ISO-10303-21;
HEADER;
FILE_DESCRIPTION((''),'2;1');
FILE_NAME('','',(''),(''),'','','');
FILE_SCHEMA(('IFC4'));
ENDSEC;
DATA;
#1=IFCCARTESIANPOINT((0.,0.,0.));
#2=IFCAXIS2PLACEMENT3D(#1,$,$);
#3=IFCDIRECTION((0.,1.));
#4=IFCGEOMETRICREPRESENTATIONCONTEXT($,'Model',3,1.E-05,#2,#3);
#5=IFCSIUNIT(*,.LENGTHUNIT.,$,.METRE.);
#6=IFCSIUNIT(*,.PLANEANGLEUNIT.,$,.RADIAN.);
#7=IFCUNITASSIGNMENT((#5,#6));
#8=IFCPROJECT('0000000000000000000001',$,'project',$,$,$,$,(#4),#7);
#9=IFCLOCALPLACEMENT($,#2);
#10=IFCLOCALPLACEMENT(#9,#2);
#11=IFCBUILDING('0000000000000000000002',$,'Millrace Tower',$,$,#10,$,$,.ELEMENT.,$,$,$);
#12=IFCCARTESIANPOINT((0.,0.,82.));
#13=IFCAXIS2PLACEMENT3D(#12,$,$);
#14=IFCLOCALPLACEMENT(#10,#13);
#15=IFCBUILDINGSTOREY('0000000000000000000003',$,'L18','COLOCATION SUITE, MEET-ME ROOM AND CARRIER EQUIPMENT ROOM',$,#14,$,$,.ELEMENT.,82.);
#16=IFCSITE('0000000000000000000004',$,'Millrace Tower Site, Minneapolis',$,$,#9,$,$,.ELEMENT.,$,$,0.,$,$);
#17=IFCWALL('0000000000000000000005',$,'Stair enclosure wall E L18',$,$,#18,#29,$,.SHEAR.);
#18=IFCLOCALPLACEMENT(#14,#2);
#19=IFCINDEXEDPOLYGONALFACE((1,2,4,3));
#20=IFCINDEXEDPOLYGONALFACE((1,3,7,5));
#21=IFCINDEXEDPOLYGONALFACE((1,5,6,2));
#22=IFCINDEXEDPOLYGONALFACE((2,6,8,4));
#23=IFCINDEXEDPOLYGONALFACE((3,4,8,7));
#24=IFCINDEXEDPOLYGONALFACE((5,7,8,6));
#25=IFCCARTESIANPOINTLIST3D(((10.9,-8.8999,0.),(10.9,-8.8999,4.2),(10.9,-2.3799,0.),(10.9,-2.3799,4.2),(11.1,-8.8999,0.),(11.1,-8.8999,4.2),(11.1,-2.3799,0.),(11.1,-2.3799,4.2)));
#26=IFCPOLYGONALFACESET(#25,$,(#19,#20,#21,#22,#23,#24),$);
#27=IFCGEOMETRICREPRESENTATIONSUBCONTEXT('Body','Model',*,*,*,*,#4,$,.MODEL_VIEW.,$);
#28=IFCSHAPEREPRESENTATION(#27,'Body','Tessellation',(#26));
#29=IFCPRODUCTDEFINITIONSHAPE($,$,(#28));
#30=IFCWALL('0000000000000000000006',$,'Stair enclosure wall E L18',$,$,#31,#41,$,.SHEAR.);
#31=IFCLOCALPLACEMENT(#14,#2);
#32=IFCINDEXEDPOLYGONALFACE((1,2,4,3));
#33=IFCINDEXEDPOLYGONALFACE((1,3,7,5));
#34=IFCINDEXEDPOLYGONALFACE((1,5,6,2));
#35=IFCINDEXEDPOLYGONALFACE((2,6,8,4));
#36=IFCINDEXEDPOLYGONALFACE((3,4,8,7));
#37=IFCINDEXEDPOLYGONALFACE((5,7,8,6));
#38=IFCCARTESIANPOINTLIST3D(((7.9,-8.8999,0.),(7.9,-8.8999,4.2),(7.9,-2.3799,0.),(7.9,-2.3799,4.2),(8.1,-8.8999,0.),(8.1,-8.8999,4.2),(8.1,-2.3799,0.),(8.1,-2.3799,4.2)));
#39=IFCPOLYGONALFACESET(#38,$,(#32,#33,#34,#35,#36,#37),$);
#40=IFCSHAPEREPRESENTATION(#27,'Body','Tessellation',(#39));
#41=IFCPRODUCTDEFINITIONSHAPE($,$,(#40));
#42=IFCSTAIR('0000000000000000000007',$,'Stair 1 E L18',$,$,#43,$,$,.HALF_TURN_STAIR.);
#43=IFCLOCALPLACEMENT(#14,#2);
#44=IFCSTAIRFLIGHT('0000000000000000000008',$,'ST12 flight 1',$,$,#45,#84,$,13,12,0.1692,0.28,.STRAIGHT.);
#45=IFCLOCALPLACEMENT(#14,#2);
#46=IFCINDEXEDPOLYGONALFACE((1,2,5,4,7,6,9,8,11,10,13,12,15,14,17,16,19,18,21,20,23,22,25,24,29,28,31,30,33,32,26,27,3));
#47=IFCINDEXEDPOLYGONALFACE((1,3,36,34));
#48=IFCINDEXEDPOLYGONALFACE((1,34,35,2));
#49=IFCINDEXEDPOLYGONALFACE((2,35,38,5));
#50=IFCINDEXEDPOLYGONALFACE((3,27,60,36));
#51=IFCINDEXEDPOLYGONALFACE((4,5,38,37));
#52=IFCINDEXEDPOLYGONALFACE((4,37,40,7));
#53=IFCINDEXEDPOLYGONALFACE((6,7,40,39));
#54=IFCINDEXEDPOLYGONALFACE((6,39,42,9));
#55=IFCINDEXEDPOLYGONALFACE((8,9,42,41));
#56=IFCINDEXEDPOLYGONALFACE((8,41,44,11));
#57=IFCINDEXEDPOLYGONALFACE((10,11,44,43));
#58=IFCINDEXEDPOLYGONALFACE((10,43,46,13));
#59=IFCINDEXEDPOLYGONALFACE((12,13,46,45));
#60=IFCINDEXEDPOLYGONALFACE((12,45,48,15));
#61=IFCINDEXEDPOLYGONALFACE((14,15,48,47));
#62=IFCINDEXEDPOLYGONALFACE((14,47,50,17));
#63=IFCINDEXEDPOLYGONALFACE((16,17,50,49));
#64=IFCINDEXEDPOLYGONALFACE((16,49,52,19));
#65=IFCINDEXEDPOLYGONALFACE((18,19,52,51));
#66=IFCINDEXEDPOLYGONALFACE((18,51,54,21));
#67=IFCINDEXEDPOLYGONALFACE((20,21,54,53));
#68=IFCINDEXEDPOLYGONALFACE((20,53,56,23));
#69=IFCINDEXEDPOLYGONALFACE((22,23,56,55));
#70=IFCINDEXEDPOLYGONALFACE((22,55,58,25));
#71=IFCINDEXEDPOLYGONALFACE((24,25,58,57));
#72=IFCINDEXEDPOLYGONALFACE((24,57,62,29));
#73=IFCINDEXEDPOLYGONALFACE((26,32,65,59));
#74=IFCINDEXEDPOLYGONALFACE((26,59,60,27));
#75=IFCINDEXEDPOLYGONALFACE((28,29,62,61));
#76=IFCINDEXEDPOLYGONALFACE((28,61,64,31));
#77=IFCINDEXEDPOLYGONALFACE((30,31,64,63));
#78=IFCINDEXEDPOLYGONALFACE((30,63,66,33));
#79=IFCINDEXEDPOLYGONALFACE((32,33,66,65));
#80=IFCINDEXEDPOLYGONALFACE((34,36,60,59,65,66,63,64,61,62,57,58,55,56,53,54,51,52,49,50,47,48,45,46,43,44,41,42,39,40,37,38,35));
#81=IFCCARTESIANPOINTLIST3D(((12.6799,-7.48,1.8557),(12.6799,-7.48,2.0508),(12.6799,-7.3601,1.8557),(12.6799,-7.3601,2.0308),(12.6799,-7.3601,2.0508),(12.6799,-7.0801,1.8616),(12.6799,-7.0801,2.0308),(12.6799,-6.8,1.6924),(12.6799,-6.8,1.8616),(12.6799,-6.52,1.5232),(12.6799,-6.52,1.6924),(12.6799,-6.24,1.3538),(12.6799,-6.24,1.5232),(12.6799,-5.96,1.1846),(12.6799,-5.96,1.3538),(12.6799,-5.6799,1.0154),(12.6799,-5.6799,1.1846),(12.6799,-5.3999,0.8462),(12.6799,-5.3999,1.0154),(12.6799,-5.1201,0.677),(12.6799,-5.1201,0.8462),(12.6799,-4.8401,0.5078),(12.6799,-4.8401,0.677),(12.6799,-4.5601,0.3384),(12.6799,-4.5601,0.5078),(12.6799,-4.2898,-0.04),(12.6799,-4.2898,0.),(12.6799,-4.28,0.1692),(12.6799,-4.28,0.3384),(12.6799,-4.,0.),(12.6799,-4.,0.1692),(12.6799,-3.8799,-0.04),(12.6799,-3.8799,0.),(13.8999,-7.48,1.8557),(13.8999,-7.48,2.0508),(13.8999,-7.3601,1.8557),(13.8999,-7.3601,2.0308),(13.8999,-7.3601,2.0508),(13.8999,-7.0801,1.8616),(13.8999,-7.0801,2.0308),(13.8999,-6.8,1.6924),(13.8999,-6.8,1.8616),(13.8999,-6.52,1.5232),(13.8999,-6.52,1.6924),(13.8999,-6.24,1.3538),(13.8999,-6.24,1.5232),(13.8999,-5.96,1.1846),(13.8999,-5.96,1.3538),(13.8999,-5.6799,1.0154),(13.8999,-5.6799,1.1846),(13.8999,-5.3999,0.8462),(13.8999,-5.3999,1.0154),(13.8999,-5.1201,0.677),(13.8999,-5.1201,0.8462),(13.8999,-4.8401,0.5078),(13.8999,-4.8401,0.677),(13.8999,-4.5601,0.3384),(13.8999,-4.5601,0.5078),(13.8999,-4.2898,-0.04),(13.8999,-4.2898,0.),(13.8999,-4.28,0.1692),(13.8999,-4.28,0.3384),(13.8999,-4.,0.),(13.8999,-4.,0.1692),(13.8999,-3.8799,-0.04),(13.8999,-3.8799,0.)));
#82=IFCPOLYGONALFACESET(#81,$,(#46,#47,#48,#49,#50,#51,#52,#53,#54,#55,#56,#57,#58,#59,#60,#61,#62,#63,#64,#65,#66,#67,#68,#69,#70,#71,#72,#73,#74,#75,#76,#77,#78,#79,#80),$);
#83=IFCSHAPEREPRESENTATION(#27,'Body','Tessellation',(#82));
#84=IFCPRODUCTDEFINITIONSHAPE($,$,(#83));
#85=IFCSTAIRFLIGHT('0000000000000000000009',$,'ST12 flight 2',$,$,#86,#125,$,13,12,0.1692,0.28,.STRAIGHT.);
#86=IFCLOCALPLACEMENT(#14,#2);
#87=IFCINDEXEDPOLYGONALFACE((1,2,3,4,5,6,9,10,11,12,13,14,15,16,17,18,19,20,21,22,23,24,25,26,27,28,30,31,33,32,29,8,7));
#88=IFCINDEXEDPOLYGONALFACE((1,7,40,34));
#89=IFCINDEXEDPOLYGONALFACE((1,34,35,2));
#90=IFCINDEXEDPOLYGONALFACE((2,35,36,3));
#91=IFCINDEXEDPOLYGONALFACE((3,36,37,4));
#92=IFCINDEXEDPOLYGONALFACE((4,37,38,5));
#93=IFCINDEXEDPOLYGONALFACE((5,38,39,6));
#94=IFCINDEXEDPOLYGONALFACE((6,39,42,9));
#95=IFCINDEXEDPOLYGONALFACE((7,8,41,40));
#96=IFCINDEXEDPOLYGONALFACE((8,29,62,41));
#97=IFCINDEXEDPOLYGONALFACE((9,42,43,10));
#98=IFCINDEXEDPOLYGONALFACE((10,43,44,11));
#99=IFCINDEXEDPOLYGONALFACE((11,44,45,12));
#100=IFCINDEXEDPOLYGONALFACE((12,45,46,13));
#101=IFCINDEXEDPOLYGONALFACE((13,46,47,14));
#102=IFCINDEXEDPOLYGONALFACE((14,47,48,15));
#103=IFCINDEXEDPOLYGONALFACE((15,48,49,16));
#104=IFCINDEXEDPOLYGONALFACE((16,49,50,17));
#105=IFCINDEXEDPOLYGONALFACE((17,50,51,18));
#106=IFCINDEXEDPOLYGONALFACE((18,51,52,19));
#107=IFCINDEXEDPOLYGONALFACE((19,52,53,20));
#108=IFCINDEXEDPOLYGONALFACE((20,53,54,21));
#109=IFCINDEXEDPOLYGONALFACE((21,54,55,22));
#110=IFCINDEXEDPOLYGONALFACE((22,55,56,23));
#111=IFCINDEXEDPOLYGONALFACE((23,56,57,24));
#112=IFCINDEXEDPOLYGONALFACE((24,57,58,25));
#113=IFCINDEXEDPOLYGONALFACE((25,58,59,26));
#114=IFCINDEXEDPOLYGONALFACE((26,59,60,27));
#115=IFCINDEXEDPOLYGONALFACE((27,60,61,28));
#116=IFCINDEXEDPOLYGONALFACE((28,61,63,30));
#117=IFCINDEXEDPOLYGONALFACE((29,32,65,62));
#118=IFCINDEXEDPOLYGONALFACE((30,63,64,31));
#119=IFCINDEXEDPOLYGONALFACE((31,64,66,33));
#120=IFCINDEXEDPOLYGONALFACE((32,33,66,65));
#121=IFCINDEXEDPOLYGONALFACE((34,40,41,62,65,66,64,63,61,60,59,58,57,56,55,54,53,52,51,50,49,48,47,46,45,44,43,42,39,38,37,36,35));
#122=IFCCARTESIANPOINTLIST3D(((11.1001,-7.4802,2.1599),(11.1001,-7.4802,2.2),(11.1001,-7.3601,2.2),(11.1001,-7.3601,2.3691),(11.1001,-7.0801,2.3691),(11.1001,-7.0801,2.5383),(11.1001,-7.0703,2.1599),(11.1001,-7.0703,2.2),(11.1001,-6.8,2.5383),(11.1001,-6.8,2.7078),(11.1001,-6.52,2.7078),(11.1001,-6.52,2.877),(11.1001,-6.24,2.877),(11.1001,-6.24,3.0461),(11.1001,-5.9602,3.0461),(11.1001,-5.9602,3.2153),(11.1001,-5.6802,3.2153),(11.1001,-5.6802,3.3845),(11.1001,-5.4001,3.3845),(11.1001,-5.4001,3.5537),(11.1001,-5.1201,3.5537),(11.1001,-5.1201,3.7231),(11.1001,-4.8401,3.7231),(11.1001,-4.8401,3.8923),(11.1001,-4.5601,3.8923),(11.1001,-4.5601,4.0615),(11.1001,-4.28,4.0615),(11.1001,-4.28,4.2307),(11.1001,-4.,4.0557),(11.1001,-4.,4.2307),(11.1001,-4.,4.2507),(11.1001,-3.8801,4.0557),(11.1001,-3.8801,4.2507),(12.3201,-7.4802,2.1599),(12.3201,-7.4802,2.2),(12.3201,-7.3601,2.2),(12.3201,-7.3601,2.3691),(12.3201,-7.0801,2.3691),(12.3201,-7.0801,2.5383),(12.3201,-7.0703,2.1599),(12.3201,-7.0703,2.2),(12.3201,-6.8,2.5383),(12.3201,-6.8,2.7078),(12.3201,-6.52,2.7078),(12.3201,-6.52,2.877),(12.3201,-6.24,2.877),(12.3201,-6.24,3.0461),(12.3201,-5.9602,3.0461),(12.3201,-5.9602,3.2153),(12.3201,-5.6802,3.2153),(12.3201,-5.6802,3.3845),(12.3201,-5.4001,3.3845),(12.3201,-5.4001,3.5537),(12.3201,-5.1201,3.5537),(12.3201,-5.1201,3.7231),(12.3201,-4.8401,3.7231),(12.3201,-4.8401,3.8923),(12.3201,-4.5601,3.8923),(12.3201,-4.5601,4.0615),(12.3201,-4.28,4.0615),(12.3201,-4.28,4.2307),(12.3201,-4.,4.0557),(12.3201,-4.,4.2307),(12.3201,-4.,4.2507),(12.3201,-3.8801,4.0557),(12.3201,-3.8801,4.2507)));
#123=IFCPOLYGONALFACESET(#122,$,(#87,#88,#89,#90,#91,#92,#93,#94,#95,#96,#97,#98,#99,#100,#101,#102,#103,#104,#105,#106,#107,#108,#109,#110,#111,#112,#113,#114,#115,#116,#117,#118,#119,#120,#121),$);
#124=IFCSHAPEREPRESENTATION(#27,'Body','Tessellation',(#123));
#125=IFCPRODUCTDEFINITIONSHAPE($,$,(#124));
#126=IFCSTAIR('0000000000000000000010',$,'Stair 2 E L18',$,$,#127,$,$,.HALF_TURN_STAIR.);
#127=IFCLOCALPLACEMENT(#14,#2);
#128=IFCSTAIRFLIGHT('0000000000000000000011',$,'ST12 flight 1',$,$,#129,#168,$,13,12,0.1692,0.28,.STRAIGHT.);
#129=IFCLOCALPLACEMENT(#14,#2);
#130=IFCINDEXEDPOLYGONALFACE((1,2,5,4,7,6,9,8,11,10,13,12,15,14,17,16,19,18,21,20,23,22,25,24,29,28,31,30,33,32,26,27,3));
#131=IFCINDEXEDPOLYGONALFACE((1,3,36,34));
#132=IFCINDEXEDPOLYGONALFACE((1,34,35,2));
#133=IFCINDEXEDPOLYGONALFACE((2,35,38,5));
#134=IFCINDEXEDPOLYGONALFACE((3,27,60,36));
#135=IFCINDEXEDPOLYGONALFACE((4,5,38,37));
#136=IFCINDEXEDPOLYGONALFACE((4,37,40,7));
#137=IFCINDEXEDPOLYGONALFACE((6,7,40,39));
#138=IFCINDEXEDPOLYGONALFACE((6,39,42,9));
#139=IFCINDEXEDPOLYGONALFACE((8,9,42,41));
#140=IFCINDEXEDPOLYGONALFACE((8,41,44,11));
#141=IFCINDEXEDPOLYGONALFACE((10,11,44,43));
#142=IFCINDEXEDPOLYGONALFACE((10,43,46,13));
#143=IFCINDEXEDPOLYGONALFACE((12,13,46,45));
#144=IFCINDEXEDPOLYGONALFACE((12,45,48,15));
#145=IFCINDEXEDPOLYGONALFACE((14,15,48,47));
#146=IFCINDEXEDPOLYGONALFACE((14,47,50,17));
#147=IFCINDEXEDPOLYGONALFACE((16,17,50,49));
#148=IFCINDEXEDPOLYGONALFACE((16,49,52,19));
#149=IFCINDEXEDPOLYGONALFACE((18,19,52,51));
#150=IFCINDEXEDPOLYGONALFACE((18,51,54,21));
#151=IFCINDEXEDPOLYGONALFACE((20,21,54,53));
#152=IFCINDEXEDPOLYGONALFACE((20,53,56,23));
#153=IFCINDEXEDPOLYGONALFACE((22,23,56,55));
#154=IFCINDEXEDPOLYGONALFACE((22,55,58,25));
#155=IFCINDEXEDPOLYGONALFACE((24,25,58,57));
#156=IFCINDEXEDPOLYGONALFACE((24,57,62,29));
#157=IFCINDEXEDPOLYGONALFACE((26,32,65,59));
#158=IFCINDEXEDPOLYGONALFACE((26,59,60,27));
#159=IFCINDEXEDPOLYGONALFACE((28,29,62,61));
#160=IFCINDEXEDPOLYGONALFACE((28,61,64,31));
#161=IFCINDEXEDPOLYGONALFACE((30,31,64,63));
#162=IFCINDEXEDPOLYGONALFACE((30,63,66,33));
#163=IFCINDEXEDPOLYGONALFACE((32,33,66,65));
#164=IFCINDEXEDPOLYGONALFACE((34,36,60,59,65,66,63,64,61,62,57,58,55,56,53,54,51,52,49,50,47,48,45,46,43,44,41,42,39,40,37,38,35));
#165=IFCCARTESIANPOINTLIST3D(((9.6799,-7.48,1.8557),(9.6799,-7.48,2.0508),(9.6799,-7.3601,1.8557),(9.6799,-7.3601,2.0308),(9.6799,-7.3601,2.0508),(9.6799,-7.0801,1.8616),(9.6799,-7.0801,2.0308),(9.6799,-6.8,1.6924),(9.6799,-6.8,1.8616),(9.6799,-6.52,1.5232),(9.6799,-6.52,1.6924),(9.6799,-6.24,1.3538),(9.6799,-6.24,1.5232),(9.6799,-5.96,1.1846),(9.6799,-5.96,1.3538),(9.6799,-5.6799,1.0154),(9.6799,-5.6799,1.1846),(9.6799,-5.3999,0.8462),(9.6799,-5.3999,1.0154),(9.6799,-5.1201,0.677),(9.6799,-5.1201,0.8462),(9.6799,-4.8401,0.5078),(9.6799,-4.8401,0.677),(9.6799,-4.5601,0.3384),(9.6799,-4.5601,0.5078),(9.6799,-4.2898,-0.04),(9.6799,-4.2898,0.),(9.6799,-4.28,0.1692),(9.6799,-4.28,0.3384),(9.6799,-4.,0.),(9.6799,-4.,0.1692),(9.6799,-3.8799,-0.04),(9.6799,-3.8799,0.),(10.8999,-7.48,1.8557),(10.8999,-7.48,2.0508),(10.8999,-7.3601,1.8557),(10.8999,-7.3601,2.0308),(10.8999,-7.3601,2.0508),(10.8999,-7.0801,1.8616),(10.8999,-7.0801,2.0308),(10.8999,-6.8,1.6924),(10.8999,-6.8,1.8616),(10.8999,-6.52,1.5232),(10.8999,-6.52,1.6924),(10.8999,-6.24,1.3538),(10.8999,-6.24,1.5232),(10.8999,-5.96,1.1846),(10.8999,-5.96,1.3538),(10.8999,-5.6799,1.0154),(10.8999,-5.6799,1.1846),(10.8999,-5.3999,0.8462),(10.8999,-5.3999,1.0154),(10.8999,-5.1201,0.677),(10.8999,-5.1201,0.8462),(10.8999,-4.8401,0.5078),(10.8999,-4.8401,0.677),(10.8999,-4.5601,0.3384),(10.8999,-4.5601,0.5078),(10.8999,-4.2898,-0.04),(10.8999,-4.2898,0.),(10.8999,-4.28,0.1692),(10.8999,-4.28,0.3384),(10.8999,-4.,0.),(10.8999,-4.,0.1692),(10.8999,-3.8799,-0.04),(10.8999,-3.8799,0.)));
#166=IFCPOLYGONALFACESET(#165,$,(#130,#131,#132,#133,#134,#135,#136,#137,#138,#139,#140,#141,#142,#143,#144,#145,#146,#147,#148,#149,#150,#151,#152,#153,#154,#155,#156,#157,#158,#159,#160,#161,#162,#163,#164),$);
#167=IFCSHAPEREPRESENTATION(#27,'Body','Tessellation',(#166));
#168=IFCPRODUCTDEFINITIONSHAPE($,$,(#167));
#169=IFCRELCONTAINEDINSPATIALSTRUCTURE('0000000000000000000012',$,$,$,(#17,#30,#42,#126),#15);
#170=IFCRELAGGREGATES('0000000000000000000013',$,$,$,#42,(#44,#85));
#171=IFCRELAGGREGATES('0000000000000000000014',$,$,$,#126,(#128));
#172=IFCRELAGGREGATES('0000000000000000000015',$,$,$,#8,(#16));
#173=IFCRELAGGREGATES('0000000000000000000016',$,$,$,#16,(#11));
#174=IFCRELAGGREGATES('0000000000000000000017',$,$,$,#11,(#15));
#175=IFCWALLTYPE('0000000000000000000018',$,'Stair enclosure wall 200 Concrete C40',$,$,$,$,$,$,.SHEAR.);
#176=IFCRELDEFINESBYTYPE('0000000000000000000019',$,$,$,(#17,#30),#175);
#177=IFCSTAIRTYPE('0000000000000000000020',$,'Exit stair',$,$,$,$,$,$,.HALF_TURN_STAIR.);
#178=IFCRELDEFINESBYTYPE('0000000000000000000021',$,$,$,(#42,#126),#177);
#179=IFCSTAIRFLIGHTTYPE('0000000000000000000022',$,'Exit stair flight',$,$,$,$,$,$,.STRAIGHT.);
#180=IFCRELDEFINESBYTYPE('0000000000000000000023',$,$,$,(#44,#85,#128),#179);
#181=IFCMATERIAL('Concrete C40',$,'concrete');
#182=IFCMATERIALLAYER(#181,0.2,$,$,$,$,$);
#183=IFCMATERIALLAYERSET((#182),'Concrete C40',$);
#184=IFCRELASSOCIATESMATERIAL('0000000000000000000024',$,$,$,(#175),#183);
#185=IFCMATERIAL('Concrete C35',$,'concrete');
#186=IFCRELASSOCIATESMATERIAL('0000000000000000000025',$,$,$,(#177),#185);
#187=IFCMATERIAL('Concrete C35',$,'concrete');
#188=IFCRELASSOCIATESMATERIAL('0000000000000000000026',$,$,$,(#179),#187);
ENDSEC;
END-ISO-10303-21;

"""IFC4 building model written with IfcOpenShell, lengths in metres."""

from ifc_helpers import new_model, si_unit, direction, frame, frame_2d, origin, place, context, subcontext, project, spatial, polyline, rectangle, outline, extrude, material, layer, layer_set, type_object, element, aggregate, save


model = new_model("IFC4")

# Units and contexts
model_context = context("Model", 3, precision=1e-05, world=origin(), true_north=direction((0.0, 1.0)))
body_context = subcontext(model_context, "Body", "Model", "MODEL_VIEW")
ifc_project = project(units=[si_unit("LENGTHUNIT", "METRE"), si_unit("PLANEANGLEUNIT", "RADIAN")], contexts=[model_context])

# Site, building, storey
site_placement = place(None, origin())
site = spatial("IfcSite", under=ifc_project, at=site_placement, Name="Millrace Tower Site, Minneapolis", CompositionType="ELEMENT", RefElevation=0.0)
building_placement = place(site_placement, origin())
building = spatial("IfcBuilding", under=site, at=building_placement, Name="Millrace Tower", CompositionType="ELEMENT")
storey_placement = place(building_placement, frame((0.0, 0.0, 82.0)))
storey = spatial("IfcBuildingStorey", under=building, at=storey_placement, Name="L18", Description="COLOCATION SUITE, MEET-ME ROOM AND CARRIER EQUIPMENT ROOM", CompositionType="ELEMENT", Elevation=82.0)

# Shared definitions
placement_1 = place(storey_placement, origin())

# Walls
ifc_material_1 = material(Name="Concrete C40", Category="concrete")
ifc_layer_1 = layer(ifc_material_1, 0.2)
ifc_layer_set_1 = layer_set([ifc_layer_1], Name="Concrete C40")
wall_type_1 = type_object("IfcWallType", Name="Stair enclosure wall 200 Concrete C40", PredefinedType="SHEAR", material=ifc_layer_set_1)
for number, where, z_axis, x_axis, name in (
    (1, (11.0, -2.3799, 0.0), (0.0, 0.0, 1.0), (0.0, -1.0, 0.0), "Stair enclosure wall E L18"),
    (2, (8.0, -2.3799, 0.0), (0.0, 0.0, 1.0), (0.0, -1.0, 0.0), "Stair enclosure wall E L18"),
):
    element("IfcWall", number, at=place(storey_placement, frame(where, z_axis=z_axis, x_axis=x_axis)), inside=storey, type_object=wall_type_1, Name=name, PredefinedType="SHEAR", context=body_context, shape_type="SweptSolid", body=[
        extrude(rectangle(XDim=6.52, YDim=0.2, at=frame_2d((3.26, 0.0))), origin(), (0.0, 0.0, 1.0), 4.2),
    ])

# Stairs, stair flights
ifc_material_2 = material(Name="Concrete C35", Category="concrete")
stair_type = type_object("IfcStairType", Name="Exit stair", PredefinedType="HALF_TURN_STAIR", material=ifc_material_2)
stair_1 = element("IfcStair", 3, at=placement_1, inside=storey, type_object=stair_type, Name="Stair 1 E L18", PredefinedType="HALF_TURN_STAIR")
ifc_material_3 = material(Name="Concrete C35", Category="concrete")
stair_flight_type = type_object("IfcStairFlightType", Name="Exit stair flight", PredefinedType="STRAIGHT", material=ifc_material_3)
stair_flight_1_placement = place(storey_placement, frame((13.29, -4.0, 0.0), z_axis=(0.0, 0.0, 1.0), x_axis=(0.0, -1.0, 0.0)))
stair_flight_1 = element("IfcStairFlight", 4, at=stair_flight_1_placement, type_object=stair_flight_type, Name="ST12 flight 1", NumberOfRisers=13, NumberOfTreads=12, PredefinedType="STRAIGHT", RiserHeight=0.1692, TreadLength=0.28, context=body_context, shape_type="SweptSolid", body=[
    extrude(outline(polyline([(-0.1201, -0.04), (-0.1201, 0.0), (0.0, 0.0), (0.0, 0.1692), (0.28, 0.1692), (0.28, 0.3384), (0.5601, 0.3384), (0.5601, 0.5078), (0.8401, 0.5078), (0.8401, 0.677), (1.1201, 0.677), (1.1201, 0.8462), (1.3999, 0.8462), (1.3999, 1.0154), (1.6799, 1.0154), (1.6799, 1.1846), (1.96, 1.1846), (1.96, 1.3538), (2.24, 1.3538), (2.24, 1.5232), (2.52, 1.5232), (2.52, 1.6924), (2.8, 1.6924), (2.8, 1.8616), (3.0801, 1.8616), (3.0801, 2.0308), (3.3601, 2.0308), (3.3601, 2.0508), (3.48, 2.0508), (3.48, 1.8557), (3.3601, 1.8557), (0.2898, 0.0), (0.2898, -0.04), (-0.1201, -0.04)])), frame((0.0, 0.6099, 0.0), z_axis=(0.0, -1.0, 0.0), x_axis=(1.0, 0.0, 0.0)), (0.0, 0.0, 1.0), 1.22),
])
stair_flight_2_placement = place(storey_placement, frame((11.71, -7.3601, 2.2), z_axis=(0.0, 0.0, 1.0), x_axis=(0.0, 1.0, 0.0)))
stair_flight_2 = element("IfcStairFlight", 5, at=stair_flight_2_placement, type_object=stair_flight_type, Name="ST12 flight 2", NumberOfRisers=13, NumberOfTreads=12, PredefinedType="STRAIGHT", RiserHeight=0.1692, TreadLength=0.28, context=body_context, shape_type="SweptSolid", body=[
    extrude(outline(polyline([(-0.1201, -0.04), (-0.1201, 0.0), (0.0, 0.0), (0.0, 0.1692), (0.28, 0.1692), (0.28, 0.3384), (0.5601, 0.3384), (0.5601, 0.5078), (0.8401, 0.5078), (0.8401, 0.677), (1.1201, 0.677), (1.1201, 0.8462), (1.3999, 0.8462), (1.3999, 1.0154), (1.6799, 1.0154), (1.6799, 1.1846), (1.96, 1.1846), (1.96, 1.3538), (2.24, 1.3538), (2.24, 1.5232), (2.52, 1.5232), (2.52, 1.6924), (2.8, 1.6924), (2.8, 1.8616), (3.0801, 1.8616), (3.0801, 2.0308), (3.3601, 2.0308), (3.3601, 2.0508), (3.48, 2.0508), (3.48, 1.8557), (3.3601, 1.8557), (0.2898, 0.0), (0.2898, -0.04), (-0.1201, -0.04)])), frame((0.0, 0.6099, 0.0), z_axis=(0.0, -1.0, 0.0), x_axis=(1.0, 0.0, 0.0)), (0.0, 0.0, 1.0), 1.22),
])
aggregate(stair_1, [stair_flight_1, stair_flight_2])
stair_2 = element("IfcStair", 6, at=placement_1, inside=storey, type_object=stair_type, Name="Stair 2 E L18", PredefinedType="HALF_TURN_STAIR")
stair_flight_3_placement = place(storey_placement, frame((10.29, -4.0, 0.0), z_axis=(0.0, 0.0, 1.0), x_axis=(0.0, -1.0, 0.0)))
stair_flight_3 = element("IfcStairFlight", 7, at=stair_flight_3_placement, type_object=stair_flight_type, Name="ST12 flight 1", NumberOfRisers=13, NumberOfTreads=12, PredefinedType="STRAIGHT", RiserHeight=0.1692, TreadLength=0.28, context=body_context, shape_type="SweptSolid", body=[
    extrude(outline(polyline([(-0.1201, -0.04), (-0.1201, 0.0), (0.0, 0.0), (0.0, 0.1692), (0.28, 0.1692), (0.28, 0.3384), (0.5601, 0.3384), (0.5601, 0.5078), (0.8401, 0.5078), (0.8401, 0.677), (1.1201, 0.677), (1.1201, 0.8462), (1.3999, 0.8462), (1.3999, 1.0154), (1.6799, 1.0154), (1.6799, 1.1846), (1.96, 1.1846), (1.96, 1.3538), (2.24, 1.3538), (2.24, 1.5232), (2.52, 1.5232), (2.52, 1.6924), (2.8, 1.6924), (2.8, 1.8616), (3.0801, 1.8616), (3.0801, 2.0308), (3.3601, 2.0308), (3.3601, 2.0508), (3.48, 2.0508), (3.48, 1.8557), (3.3601, 1.8557), (0.2898, 0.0), (0.2898, -0.04), (-0.1201, -0.04)])), frame((0.0, 0.6099, 0.0), z_axis=(0.0, -1.0, 0.0), x_axis=(1.0, 0.0, 0.0)), (0.0, 0.0, 1.0), 1.22),
])
aggregate(stair_2, [stair_flight_3])

save(model, "model.ifc")
